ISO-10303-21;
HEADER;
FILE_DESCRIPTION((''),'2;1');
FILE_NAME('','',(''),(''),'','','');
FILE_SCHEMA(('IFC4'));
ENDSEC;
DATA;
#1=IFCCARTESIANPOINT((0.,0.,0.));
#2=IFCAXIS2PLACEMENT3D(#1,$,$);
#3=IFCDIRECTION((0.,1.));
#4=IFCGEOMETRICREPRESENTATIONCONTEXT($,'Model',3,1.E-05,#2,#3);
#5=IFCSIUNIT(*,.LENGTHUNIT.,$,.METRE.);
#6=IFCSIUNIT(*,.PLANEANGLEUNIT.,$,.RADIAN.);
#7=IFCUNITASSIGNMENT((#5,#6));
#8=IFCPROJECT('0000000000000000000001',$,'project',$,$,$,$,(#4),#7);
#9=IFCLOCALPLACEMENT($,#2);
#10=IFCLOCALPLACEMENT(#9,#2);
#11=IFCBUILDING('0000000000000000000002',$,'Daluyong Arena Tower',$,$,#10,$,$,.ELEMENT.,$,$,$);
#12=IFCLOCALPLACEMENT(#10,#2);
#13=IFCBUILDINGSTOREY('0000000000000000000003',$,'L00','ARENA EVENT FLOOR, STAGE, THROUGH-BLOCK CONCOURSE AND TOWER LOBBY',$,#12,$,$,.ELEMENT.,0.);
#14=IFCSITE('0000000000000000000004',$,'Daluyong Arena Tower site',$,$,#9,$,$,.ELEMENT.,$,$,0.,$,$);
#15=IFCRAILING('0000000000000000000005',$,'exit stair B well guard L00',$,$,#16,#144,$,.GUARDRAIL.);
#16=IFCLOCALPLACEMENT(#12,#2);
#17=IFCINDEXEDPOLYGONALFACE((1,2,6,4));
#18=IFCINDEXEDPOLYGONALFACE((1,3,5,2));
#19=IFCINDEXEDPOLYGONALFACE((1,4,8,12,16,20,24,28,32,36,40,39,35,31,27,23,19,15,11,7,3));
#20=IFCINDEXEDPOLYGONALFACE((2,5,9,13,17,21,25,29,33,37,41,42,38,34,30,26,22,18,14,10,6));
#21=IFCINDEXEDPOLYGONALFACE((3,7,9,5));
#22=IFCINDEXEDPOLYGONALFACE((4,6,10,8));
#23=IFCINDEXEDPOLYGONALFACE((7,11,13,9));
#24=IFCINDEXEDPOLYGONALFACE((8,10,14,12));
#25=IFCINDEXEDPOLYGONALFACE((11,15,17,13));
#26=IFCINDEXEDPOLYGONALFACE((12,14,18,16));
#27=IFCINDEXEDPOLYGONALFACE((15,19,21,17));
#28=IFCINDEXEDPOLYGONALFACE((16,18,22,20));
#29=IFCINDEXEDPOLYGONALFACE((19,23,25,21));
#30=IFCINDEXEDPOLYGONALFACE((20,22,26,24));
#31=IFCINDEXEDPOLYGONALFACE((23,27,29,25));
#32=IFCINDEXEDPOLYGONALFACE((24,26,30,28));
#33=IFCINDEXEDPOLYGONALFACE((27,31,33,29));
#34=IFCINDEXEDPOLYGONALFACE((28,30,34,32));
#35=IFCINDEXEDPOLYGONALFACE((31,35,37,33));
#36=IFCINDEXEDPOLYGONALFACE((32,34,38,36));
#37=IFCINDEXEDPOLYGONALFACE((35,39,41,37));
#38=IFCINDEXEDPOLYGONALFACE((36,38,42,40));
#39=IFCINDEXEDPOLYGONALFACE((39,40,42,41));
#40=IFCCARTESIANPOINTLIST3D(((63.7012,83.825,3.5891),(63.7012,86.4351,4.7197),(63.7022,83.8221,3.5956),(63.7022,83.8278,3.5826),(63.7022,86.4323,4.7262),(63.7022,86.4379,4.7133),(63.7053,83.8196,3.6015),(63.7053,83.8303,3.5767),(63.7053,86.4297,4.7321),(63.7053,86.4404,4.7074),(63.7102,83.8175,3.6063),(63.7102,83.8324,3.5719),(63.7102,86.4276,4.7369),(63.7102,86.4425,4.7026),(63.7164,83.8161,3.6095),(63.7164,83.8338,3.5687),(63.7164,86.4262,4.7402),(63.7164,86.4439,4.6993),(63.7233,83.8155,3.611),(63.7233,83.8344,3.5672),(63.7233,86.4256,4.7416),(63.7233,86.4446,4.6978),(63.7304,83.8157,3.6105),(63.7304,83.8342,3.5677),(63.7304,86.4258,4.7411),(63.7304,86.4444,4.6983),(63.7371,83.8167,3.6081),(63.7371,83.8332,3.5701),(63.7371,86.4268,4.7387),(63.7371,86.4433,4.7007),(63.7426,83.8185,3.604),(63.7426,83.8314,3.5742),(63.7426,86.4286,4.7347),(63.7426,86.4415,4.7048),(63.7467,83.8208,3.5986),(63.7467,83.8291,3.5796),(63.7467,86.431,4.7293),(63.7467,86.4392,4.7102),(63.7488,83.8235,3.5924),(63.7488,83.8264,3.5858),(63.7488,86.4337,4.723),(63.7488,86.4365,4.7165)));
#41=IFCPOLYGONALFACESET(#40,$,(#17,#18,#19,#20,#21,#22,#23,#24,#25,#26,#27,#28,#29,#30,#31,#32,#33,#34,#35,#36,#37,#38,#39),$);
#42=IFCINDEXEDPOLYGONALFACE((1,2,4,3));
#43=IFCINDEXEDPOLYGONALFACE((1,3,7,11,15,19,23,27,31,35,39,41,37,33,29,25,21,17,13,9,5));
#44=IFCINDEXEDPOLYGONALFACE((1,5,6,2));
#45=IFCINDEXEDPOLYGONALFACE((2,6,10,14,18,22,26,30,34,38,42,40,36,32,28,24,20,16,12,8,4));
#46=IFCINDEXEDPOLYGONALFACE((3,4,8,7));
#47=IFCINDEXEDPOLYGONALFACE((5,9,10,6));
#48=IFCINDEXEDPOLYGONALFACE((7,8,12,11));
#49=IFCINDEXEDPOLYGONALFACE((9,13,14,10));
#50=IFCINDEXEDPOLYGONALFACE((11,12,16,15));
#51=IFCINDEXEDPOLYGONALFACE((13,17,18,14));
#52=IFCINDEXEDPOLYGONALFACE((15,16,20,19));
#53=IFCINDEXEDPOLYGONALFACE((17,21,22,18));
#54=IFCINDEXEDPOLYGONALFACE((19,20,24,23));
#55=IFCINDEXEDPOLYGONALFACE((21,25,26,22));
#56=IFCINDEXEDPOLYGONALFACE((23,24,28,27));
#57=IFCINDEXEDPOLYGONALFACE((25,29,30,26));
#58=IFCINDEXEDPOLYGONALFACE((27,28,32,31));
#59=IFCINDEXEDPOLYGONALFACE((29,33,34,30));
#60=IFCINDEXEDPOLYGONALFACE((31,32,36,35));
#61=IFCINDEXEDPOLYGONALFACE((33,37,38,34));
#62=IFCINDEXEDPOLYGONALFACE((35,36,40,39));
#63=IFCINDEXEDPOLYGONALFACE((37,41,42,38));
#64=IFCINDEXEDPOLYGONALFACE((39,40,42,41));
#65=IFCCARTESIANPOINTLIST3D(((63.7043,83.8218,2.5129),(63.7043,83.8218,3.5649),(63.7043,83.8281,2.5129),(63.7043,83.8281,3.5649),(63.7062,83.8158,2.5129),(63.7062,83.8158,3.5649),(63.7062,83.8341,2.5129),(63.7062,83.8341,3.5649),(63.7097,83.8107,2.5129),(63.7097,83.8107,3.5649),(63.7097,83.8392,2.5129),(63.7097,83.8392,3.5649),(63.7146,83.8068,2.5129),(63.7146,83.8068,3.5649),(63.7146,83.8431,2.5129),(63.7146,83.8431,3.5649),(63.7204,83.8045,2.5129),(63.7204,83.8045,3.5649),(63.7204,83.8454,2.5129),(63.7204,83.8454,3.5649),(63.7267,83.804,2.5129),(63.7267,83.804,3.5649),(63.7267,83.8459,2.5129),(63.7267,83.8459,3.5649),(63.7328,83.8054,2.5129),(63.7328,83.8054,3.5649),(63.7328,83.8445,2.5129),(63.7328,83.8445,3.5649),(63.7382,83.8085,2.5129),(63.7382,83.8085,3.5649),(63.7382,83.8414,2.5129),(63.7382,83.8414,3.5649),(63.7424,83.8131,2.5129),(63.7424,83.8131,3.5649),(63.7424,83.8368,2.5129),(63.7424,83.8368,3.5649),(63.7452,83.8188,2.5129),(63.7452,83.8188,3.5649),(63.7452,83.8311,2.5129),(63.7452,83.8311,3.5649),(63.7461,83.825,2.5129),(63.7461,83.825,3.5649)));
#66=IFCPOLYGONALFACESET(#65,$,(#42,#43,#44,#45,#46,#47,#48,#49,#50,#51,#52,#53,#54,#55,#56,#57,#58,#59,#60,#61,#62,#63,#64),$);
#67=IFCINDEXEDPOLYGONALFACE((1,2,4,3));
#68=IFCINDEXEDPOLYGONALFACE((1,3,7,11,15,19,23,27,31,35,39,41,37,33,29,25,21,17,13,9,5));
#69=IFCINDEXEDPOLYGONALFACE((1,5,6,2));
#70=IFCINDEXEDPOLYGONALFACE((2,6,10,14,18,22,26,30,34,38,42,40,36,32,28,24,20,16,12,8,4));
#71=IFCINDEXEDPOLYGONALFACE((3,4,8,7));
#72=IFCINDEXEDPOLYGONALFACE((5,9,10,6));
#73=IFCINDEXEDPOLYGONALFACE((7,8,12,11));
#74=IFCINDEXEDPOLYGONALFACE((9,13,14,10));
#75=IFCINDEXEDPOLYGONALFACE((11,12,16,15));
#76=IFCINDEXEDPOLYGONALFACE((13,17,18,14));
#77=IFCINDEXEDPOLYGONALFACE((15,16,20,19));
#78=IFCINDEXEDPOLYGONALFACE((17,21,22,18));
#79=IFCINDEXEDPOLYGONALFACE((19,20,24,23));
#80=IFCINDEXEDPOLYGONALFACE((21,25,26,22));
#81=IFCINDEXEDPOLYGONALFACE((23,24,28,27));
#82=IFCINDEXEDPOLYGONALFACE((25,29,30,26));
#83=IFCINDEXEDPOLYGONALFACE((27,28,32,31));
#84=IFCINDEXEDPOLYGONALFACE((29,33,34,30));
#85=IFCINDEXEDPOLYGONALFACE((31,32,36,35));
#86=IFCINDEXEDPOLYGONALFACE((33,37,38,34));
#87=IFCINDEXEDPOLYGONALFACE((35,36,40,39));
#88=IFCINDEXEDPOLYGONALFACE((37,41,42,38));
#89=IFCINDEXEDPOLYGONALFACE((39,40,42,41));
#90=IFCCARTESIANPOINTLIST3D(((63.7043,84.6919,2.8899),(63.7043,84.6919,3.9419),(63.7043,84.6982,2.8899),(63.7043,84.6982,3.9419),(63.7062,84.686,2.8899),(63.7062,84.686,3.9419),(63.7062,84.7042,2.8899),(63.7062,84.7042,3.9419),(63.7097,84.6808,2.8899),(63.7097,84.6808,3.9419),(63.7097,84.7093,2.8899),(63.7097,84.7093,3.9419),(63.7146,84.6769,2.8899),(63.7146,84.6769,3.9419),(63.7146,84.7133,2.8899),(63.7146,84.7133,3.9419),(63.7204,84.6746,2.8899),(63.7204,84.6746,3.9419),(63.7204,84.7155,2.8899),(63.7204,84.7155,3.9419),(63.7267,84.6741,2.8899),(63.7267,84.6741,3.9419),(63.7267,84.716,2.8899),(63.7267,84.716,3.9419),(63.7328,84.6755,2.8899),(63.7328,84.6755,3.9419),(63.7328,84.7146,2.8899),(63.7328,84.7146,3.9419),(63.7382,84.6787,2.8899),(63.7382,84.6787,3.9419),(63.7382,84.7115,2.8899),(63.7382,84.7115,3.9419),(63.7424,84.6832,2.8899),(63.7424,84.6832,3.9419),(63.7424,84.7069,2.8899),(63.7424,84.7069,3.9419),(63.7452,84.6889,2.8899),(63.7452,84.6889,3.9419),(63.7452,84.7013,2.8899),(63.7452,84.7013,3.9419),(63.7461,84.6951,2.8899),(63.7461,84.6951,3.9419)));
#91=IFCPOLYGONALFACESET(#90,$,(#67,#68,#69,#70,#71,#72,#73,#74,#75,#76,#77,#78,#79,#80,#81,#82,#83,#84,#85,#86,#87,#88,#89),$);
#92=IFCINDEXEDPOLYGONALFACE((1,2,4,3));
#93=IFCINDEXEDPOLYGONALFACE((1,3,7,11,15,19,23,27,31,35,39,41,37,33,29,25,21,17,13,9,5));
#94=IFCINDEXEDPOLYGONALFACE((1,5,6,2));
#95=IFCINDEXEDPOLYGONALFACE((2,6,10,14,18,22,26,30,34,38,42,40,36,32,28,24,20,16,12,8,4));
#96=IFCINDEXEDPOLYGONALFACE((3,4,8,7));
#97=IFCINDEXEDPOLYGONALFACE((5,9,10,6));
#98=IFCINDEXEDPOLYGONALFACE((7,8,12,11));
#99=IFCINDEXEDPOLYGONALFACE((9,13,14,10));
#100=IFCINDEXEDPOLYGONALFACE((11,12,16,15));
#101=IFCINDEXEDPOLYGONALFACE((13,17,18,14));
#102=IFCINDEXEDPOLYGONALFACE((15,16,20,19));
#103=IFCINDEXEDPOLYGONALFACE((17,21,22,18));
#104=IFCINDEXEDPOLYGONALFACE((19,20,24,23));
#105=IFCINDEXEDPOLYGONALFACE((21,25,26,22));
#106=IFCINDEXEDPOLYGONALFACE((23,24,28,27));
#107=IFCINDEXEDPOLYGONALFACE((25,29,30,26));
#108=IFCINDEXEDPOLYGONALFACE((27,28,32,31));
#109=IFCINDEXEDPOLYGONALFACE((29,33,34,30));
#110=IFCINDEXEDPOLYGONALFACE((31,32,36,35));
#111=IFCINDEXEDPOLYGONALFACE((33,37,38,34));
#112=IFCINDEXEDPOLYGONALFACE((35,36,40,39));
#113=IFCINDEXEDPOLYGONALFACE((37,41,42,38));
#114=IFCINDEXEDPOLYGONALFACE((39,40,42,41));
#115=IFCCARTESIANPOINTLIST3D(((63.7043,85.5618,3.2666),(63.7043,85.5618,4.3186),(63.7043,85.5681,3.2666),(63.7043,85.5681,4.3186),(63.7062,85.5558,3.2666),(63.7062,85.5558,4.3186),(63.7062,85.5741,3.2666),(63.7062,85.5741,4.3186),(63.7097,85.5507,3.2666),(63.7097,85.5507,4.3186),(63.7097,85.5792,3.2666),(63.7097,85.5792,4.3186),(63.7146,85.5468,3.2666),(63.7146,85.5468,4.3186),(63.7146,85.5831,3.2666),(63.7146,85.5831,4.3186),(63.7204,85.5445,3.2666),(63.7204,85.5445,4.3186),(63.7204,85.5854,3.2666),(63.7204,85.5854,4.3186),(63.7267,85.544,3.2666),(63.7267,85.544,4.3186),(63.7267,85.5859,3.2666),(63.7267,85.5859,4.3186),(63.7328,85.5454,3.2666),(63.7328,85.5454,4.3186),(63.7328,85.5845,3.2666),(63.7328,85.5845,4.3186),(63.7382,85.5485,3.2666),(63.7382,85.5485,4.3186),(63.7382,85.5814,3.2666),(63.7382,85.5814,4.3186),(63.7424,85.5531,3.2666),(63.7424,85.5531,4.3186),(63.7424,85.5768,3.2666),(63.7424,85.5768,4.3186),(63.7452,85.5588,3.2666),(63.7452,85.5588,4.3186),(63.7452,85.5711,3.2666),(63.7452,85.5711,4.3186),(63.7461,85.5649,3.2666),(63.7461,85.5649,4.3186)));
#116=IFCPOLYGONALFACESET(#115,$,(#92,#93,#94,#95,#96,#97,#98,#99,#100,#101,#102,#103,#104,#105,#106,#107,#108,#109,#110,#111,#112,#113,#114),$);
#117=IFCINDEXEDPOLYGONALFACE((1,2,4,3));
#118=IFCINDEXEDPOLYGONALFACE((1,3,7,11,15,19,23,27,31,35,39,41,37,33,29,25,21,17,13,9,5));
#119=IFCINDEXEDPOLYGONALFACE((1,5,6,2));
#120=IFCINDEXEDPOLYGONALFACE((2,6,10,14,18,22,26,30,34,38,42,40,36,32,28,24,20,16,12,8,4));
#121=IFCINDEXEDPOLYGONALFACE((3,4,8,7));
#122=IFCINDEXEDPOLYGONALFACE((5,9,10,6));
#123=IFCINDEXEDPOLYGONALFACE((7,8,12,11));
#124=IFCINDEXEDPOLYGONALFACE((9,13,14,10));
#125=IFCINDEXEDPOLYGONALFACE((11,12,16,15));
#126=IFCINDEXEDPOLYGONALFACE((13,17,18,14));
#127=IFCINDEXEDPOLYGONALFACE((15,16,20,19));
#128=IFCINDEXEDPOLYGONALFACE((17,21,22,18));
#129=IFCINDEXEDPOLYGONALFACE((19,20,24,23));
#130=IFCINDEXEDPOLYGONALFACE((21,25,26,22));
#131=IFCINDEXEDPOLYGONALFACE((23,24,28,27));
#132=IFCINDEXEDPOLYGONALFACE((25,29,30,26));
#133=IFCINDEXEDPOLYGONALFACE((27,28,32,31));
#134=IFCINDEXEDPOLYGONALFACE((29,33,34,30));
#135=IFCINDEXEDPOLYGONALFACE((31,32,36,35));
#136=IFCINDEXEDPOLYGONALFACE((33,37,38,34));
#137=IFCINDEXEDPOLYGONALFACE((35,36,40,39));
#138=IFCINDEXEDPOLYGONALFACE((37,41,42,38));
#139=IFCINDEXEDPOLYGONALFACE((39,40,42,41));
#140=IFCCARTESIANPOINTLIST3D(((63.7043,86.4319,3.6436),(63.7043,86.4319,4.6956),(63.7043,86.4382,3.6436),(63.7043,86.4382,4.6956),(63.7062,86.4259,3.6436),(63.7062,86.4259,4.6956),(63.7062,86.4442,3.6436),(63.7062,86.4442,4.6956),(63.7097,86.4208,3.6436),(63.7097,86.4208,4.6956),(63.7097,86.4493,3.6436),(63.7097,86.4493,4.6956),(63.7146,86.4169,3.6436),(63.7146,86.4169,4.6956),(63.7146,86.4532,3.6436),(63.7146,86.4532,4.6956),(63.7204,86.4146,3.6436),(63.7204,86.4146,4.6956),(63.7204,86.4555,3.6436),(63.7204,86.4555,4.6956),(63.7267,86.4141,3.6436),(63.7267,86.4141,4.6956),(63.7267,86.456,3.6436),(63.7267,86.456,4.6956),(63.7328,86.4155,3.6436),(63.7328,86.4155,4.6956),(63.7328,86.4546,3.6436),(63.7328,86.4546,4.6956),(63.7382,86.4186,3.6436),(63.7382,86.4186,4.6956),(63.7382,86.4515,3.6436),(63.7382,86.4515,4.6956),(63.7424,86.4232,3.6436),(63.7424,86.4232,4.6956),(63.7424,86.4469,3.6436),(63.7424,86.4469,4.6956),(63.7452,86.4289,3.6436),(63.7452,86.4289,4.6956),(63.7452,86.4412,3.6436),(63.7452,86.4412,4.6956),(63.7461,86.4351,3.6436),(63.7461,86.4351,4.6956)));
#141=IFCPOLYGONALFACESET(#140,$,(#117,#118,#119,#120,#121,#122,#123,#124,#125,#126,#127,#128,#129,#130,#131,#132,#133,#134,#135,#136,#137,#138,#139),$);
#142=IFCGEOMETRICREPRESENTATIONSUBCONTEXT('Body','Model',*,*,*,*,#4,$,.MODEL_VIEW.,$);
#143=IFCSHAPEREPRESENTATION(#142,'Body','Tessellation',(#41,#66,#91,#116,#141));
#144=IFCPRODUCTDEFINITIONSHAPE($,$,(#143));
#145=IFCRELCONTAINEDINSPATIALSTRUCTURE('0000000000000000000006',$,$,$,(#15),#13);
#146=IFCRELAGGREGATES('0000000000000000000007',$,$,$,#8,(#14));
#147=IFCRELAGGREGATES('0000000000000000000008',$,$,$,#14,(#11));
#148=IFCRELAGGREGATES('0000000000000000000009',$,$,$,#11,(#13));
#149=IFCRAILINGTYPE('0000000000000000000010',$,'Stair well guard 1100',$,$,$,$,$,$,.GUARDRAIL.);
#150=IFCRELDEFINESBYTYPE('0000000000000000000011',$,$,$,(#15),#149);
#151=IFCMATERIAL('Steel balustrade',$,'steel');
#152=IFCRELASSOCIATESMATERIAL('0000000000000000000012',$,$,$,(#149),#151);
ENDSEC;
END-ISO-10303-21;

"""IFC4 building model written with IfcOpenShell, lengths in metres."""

from ifc_helpers import new_model, si_unit, direction, frame, origin, origin_2d, place, context, subcontext, project, spatial, circle, extrude, material, type_object, element, save


model = new_model("IFC4")

# Units and contexts
model_context = context("Model", 3, precision=1e-05, world=origin(), true_north=direction((0.0, 1.0)))
body_context = subcontext(model_context, "Body", "Model", "MODEL_VIEW")
ifc_project = project(units=[si_unit("LENGTHUNIT", "METRE"), si_unit("PLANEANGLEUNIT", "RADIAN")], contexts=[model_context])

# Site, building, storey
site_placement = place(None, origin())
site = spatial("IfcSite", under=ifc_project, at=site_placement, Name="Daluyong Arena Tower site", CompositionType="ELEMENT", RefElevation=0.0)
building_placement = place(site_placement, origin())
building = spatial("IfcBuilding", under=site, at=building_placement, Name="Daluyong Arena Tower", CompositionType="ELEMENT")
storey_placement = place(building_placement, origin())
storey = spatial("IfcBuildingStorey", under=building, at=storey_placement, Name="L00", Description="ARENA EVENT FLOOR, STAGE, THROUGH-BLOCK CONCOURSE AND TOWER LOBBY", CompositionType="ELEMENT", Elevation=0.0)

# Railing
ifc_material_1 = material(Name="Steel balustrade", Category="steel")
railing_type_1 = type_object("IfcRailingType", Name="Stair well guard 1100", PredefinedType="GUARDRAIL", material=ifc_material_1)
railing_1_placement = place(storey_placement, frame((63.7251, 83.825, 2.5129)))
element("IfcRailing", 1, at=railing_1_placement, inside=storey, type_object=railing_type_1, Name="exit stair B well guard L00", PredefinedType="GUARDRAIL", context=body_context, shape_type="SweptSolid", body=[
    extrude(circle(Radius=0.0239, at=origin_2d()), frame((0.0, 0.0, 1.0762), z_axis=(0.0, 0.917611, 0.39748), x_axis=(-1.0, 0.0, 0.0)), (0.0, 0.0, 1.0), 2.8445),
    extrude(circle(Radius=0.021, at=origin_2d()), origin(), (0.0, 0.0, 1.0), 1.052),
    extrude(circle(Radius=0.021, at=origin_2d()), frame((0.0, 0.8701, 0.377)), (0.0, 0.0, 1.0), 1.052),
    extrude(circle(Radius=0.021, at=origin_2d()), frame((0.0, 1.74, 0.7537)), (0.0, 0.0, 1.0), 1.052),
    extrude(circle(Radius=0.021, at=origin_2d()), frame((0.0, 2.6101, 1.1306)), (0.0, 0.0, 1.0), 1.052),
])

save(model, "model.ifc")
